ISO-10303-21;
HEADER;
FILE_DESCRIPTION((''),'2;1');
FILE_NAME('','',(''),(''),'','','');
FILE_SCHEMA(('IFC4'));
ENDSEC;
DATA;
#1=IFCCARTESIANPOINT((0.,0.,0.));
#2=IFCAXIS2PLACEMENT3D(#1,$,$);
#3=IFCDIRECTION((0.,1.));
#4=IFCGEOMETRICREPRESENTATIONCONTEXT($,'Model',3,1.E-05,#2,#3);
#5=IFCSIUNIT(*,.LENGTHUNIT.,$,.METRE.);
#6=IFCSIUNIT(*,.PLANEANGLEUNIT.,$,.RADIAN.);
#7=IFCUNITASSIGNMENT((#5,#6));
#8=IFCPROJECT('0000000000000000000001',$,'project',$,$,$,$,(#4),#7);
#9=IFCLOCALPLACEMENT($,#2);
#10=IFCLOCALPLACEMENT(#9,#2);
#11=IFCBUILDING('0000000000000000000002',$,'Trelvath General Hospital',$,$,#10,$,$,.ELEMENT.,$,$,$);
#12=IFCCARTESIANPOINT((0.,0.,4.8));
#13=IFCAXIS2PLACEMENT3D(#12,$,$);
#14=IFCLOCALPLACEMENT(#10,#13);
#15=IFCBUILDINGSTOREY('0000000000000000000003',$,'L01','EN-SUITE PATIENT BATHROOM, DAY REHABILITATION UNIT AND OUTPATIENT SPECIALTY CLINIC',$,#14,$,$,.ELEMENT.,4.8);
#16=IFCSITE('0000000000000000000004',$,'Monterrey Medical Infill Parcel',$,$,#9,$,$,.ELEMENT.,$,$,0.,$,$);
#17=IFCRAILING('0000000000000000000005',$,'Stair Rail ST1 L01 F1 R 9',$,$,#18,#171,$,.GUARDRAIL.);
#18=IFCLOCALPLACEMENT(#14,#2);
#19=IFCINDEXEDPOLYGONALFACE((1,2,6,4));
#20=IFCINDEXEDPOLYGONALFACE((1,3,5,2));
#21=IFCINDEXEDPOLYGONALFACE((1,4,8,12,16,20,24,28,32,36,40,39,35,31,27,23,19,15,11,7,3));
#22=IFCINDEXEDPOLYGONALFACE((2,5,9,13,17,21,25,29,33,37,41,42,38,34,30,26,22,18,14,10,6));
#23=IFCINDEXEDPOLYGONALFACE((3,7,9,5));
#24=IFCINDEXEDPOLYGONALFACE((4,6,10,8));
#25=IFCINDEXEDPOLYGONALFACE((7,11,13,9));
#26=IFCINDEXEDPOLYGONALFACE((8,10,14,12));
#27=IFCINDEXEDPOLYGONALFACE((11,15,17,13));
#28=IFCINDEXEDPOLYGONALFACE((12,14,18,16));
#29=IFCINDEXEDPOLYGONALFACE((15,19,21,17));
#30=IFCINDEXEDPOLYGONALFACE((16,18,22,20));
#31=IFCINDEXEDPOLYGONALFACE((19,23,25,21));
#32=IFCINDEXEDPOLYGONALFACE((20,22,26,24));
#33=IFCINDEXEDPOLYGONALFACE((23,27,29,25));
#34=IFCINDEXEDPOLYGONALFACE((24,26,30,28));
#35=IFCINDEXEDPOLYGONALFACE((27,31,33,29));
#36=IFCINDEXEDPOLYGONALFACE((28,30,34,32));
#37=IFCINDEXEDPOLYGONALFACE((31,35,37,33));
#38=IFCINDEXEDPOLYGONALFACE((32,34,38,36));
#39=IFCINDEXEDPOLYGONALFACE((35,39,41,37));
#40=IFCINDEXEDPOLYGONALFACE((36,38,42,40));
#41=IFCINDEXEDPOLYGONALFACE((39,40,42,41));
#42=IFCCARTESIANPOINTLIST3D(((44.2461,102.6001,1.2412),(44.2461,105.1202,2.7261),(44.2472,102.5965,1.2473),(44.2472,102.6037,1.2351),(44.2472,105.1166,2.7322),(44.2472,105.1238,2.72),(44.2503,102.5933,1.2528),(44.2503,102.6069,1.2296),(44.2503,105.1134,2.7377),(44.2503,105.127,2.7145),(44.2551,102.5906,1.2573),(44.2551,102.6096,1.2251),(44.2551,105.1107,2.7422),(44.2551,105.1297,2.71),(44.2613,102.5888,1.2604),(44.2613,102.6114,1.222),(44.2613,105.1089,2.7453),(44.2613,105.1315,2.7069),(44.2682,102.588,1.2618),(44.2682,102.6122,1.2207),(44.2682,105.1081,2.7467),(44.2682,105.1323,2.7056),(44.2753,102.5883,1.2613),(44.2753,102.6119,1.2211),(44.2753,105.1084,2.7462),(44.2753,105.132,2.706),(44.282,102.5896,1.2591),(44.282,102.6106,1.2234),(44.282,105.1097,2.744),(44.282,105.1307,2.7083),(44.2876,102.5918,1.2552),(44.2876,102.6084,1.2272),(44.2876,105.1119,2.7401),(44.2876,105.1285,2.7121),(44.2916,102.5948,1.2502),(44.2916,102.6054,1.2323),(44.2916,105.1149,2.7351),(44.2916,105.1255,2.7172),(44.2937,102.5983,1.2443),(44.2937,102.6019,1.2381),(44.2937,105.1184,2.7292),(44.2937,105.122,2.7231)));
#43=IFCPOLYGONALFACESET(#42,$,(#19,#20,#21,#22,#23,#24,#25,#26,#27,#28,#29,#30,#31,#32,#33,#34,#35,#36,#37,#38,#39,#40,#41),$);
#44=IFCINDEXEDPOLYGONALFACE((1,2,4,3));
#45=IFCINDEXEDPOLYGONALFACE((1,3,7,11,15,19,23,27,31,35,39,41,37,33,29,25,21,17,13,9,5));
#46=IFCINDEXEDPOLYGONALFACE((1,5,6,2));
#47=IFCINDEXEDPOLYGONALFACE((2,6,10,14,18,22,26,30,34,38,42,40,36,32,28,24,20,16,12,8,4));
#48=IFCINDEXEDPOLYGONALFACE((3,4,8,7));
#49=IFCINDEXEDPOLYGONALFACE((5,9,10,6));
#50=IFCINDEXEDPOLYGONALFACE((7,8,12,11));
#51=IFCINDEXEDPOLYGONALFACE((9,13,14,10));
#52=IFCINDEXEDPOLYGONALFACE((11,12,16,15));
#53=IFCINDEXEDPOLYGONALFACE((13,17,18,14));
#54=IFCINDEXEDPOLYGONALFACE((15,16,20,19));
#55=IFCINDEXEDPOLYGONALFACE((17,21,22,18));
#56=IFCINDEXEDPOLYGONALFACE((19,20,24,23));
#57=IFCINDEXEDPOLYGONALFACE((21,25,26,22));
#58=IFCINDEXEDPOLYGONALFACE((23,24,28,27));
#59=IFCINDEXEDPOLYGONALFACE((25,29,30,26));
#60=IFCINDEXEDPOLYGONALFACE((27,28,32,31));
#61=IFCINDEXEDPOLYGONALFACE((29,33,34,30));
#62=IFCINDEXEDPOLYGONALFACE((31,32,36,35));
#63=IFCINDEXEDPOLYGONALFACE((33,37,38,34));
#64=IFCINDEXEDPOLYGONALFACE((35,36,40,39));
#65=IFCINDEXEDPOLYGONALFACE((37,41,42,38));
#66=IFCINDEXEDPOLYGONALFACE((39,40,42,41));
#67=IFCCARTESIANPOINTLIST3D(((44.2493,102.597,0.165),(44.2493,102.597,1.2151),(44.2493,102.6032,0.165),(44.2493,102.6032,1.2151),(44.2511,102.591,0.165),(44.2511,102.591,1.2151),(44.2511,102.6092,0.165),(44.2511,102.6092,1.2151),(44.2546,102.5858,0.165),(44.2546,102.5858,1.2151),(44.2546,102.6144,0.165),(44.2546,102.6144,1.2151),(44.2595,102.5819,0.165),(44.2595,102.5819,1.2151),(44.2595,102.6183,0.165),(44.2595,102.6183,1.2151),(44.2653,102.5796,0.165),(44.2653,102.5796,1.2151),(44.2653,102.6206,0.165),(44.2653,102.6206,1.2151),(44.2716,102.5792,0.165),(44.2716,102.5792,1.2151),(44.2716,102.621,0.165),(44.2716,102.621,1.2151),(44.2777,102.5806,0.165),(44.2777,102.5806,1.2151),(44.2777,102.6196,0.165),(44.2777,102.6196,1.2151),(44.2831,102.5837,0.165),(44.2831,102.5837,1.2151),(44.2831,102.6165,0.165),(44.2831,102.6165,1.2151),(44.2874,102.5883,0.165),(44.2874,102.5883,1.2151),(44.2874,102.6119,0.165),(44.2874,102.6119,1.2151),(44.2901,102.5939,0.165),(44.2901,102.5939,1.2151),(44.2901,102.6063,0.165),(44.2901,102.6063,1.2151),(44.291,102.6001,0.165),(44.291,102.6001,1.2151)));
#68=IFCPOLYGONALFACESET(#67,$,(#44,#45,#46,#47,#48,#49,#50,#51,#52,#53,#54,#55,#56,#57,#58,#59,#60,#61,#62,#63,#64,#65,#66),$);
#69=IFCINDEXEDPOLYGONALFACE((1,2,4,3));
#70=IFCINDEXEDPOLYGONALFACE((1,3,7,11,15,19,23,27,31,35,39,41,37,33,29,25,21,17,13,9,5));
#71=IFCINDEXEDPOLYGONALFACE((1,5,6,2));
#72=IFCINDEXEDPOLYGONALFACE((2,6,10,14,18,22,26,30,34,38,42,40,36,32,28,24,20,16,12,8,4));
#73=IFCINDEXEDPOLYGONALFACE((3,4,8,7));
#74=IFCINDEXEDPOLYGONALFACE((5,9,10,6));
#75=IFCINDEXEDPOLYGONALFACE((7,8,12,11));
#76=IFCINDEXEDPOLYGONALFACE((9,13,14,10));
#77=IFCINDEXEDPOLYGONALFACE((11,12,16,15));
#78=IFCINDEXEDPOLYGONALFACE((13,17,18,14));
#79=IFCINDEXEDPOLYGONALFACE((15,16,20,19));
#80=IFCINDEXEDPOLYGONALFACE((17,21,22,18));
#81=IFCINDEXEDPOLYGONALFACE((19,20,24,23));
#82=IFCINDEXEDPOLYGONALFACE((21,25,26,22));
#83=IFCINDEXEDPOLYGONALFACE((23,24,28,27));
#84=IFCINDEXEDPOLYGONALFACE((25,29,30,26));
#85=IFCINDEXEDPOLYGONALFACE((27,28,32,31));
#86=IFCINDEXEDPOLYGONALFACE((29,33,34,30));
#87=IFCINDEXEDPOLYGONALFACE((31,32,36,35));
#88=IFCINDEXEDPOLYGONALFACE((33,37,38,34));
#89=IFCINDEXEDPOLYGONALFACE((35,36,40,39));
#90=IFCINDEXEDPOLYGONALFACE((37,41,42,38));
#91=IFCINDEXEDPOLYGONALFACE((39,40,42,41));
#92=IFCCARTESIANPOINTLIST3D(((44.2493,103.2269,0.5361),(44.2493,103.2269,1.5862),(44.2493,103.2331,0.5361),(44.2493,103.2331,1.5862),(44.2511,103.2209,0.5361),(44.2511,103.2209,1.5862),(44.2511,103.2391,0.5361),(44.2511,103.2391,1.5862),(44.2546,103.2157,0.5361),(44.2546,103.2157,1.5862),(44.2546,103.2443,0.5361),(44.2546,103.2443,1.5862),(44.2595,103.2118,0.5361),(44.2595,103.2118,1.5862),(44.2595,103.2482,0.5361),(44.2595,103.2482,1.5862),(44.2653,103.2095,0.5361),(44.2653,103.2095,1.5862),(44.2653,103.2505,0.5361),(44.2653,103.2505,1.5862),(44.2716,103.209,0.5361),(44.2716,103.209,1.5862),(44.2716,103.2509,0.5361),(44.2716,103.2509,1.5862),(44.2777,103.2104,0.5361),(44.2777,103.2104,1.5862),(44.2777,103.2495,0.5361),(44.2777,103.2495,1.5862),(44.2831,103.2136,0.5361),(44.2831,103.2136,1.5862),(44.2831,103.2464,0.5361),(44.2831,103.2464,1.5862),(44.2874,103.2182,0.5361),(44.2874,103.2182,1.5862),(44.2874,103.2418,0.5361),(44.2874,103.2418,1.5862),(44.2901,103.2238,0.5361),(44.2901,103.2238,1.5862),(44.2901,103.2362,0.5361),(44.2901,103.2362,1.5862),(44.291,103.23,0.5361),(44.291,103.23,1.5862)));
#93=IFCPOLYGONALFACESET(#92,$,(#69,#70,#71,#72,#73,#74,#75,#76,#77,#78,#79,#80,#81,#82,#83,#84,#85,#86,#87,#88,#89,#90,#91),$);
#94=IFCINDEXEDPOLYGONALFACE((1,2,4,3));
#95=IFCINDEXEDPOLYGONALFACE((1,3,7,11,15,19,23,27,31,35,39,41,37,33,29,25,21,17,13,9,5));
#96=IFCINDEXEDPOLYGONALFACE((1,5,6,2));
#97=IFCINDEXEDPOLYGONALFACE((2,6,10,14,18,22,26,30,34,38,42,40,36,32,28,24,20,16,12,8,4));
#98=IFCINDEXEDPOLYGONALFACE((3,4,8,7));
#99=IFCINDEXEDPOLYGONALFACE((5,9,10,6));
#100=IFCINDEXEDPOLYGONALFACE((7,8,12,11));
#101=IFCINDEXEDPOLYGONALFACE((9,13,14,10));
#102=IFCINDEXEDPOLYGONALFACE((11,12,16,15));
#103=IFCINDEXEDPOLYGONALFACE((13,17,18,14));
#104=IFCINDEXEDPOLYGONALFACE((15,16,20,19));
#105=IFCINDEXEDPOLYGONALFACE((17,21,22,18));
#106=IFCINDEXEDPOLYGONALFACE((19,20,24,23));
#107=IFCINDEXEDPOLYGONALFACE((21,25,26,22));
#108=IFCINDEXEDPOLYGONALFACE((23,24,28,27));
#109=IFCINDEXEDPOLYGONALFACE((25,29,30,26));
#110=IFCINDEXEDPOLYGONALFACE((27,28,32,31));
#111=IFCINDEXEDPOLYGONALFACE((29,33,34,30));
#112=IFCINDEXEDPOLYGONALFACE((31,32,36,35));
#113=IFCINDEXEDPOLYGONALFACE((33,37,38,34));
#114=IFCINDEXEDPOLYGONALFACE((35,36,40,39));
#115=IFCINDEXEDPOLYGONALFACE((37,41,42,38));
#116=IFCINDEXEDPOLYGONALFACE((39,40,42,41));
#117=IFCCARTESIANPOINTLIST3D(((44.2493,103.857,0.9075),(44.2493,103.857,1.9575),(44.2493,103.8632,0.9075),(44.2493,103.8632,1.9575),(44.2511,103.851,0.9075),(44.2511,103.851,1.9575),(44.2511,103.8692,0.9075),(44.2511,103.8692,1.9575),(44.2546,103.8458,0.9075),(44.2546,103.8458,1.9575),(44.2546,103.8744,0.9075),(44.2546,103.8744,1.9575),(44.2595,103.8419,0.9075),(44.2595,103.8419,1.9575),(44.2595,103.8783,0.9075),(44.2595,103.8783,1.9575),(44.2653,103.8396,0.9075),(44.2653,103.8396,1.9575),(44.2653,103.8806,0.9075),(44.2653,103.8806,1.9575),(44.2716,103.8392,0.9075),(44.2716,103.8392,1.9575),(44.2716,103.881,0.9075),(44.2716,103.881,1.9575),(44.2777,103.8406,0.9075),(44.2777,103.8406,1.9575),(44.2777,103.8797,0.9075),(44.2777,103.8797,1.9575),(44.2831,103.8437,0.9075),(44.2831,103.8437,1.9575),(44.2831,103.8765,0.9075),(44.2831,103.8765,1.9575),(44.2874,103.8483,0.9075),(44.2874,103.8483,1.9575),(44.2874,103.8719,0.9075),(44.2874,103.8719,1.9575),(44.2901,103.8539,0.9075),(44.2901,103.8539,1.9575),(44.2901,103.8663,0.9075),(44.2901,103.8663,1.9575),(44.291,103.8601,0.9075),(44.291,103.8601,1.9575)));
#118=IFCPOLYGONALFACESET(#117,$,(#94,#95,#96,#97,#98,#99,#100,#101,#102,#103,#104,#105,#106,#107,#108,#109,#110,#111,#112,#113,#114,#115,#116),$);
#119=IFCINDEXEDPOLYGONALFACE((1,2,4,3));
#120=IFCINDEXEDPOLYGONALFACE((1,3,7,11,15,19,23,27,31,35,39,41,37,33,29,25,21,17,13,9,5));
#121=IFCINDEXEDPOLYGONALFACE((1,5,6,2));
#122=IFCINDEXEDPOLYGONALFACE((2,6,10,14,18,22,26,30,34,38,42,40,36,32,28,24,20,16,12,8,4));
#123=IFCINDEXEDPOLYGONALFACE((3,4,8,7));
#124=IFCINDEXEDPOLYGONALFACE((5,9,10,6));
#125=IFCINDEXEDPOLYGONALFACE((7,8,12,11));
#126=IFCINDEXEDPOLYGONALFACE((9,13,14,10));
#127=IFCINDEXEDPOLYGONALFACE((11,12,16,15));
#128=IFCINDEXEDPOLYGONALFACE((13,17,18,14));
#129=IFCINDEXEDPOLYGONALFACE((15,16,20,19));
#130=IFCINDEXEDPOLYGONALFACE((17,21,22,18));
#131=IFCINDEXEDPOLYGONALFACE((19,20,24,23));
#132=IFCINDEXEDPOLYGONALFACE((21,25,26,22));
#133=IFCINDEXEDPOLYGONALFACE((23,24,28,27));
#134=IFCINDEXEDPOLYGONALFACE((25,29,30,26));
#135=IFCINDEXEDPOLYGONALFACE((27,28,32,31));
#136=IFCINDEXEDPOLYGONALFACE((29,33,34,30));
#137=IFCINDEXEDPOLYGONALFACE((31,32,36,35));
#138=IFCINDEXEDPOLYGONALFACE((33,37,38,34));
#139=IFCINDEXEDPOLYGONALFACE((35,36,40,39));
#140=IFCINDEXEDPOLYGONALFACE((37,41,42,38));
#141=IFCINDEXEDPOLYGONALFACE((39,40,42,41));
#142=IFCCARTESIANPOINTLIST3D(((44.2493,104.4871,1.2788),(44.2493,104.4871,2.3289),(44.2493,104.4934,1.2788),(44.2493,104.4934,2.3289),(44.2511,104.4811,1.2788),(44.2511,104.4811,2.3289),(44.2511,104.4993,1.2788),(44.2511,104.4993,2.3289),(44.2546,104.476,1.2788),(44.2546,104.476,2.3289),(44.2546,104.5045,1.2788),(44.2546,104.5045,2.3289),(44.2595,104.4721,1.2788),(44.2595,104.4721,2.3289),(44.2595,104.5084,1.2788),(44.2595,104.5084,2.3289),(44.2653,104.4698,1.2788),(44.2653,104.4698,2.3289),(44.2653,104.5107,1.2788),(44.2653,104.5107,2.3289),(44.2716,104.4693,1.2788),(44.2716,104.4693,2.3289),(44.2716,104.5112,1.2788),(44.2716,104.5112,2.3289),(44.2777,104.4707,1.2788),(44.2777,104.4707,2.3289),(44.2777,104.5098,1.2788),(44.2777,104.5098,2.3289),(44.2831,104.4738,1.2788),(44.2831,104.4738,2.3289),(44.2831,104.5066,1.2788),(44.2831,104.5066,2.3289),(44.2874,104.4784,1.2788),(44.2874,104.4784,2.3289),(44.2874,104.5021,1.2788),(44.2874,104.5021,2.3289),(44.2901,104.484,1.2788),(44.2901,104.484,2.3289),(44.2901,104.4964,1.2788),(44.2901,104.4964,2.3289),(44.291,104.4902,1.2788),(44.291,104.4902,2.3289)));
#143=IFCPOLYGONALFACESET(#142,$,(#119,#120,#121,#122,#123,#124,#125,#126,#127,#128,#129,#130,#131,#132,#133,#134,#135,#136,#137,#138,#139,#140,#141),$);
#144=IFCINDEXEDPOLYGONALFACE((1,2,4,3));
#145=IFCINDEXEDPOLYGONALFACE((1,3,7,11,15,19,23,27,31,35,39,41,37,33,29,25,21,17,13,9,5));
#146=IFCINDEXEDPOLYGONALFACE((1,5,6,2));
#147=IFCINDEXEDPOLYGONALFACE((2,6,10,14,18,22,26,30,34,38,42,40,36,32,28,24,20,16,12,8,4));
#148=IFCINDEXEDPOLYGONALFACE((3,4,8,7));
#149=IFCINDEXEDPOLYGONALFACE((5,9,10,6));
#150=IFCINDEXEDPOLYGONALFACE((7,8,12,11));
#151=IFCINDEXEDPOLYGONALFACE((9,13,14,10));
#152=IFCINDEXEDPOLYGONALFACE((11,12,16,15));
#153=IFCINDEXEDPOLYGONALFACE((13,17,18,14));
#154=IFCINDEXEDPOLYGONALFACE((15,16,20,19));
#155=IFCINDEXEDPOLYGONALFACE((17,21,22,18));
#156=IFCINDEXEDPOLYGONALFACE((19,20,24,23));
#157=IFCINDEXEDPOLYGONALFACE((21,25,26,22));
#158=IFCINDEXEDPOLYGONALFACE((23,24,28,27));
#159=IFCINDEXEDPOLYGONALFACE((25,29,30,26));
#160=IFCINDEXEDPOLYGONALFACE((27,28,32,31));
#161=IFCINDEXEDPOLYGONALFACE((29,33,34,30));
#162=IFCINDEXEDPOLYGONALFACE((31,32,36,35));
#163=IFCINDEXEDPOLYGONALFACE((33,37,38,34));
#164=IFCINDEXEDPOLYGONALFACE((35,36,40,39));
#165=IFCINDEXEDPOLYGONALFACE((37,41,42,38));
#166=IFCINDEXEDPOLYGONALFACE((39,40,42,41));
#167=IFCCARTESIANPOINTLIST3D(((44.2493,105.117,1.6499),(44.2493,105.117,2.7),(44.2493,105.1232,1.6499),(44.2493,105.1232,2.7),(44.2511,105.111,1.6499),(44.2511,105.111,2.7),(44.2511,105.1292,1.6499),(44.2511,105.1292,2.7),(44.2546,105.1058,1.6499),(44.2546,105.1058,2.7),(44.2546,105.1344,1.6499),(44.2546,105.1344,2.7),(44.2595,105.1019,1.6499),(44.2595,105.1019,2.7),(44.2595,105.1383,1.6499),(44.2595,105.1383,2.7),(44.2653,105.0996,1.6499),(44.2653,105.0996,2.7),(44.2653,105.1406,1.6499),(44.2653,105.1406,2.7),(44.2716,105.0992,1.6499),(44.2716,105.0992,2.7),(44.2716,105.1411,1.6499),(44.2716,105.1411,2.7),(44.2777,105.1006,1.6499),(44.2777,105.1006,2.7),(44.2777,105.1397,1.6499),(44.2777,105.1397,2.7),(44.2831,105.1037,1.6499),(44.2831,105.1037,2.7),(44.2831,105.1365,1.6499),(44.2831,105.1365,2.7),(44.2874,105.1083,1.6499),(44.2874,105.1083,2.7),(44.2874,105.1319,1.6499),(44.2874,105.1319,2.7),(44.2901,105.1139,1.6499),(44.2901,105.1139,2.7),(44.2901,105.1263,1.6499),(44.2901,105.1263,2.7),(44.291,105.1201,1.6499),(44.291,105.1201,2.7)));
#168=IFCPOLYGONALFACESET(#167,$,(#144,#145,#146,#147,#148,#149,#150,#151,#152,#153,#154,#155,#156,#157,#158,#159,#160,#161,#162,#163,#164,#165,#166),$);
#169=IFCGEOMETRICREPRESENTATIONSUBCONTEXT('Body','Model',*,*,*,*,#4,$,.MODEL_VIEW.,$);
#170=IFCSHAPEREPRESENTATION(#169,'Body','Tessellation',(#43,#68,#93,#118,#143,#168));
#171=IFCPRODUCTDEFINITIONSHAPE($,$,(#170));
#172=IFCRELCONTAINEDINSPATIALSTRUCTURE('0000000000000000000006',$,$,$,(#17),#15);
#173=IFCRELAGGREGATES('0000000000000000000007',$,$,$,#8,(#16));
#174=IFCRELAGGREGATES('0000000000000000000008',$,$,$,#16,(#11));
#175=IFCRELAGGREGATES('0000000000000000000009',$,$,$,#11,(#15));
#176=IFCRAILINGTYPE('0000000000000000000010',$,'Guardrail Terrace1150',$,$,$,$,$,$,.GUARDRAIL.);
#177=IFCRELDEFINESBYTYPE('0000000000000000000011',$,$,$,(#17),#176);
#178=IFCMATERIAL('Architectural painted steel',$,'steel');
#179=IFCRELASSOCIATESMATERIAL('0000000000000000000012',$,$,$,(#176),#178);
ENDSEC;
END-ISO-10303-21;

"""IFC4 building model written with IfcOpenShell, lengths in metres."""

from ifc_helpers import new_model, si_unit, direction, frame, origin, origin_2d, place, context, subcontext, project, spatial, circle, extrude, material, type_object, element, save


model = new_model("IFC4")

# Units and contexts
model_context = context("Model", 3, precision=1e-05, world=origin(), true_north=direction((0.0, 1.0)))
body_context = subcontext(model_context, "Body", "Model", "MODEL_VIEW")
ifc_project = project(units=[si_unit("LENGTHUNIT", "METRE"), si_unit("PLANEANGLEUNIT", "RADIAN")], contexts=[model_context])

# Site, building, storey
site_placement = place(None, origin())
site = spatial("IfcSite", under=ifc_project, at=site_placement, Name="Monterrey Medical Infill Parcel", CompositionType="ELEMENT", RefElevation=0.0)
building_placement = place(site_placement, origin())
building = spatial("IfcBuilding", under=site, at=building_placement, Name="Trelvath General Hospital", CompositionType="ELEMENT")
storey_placement = place(building_placement, frame((0.0, 0.0, 4.8)))
storey = spatial("IfcBuildingStorey", under=building, at=storey_placement, Name="L01", Description="EN-SUITE PATIENT BATHROOM, DAY REHABILITATION UNIT AND OUTPATIENT SPECIALTY CLINIC", CompositionType="ELEMENT", Elevation=4.8)

# Railing
ifc_material_1 = material(Name="Architectural painted steel", Category="steel")
railing_type_1 = type_object("IfcRailingType", Name="Guardrail Terrace1150", PredefinedType="GUARDRAIL", material=ifc_material_1)
railing_1_placement = place(storey_placement, frame((44.27, 102.6001, 0.165)))
element("IfcRailing", 1, at=railing_1_placement, inside=storey, type_object=railing_type_1, Name="Stair Rail ST1 L01 F1 R 9", PredefinedType="GUARDRAIL", context=body_context, shape_type="SweptSolid", body=[
    extrude(circle(Radius=0.0239, at=origin_2d()), frame((0.0, 0.0, 1.0762), z_axis=(0.0, 0.861561, 0.507655), x_axis=(-1.0, 0.0, 0.0)), (0.0, 0.0, 1.0), 2.925),
    extrude(circle(Radius=0.021, at=origin_2d()), origin(), (0.0, 0.0, 1.0), 1.05),
    extrude(circle(Radius=0.021, at=origin_2d()), frame((0.0, 0.6299, 0.3711)), (0.0, 0.0, 1.0), 1.05),
    extrude(circle(Radius=0.021, at=origin_2d()), frame((0.0, 1.26, 0.7424)), (0.0, 0.0, 1.0), 1.05),
    extrude(circle(Radius=0.021, at=origin_2d()), frame((0.0, 1.8901, 1.1138)), (0.0, 0.0, 1.0), 1.05),
    extrude(circle(Radius=0.021, at=origin_2d()), frame((0.0, 2.52, 1.4849)), (0.0, 0.0, 1.0), 1.05),
])

save(model, "model.ifc")
